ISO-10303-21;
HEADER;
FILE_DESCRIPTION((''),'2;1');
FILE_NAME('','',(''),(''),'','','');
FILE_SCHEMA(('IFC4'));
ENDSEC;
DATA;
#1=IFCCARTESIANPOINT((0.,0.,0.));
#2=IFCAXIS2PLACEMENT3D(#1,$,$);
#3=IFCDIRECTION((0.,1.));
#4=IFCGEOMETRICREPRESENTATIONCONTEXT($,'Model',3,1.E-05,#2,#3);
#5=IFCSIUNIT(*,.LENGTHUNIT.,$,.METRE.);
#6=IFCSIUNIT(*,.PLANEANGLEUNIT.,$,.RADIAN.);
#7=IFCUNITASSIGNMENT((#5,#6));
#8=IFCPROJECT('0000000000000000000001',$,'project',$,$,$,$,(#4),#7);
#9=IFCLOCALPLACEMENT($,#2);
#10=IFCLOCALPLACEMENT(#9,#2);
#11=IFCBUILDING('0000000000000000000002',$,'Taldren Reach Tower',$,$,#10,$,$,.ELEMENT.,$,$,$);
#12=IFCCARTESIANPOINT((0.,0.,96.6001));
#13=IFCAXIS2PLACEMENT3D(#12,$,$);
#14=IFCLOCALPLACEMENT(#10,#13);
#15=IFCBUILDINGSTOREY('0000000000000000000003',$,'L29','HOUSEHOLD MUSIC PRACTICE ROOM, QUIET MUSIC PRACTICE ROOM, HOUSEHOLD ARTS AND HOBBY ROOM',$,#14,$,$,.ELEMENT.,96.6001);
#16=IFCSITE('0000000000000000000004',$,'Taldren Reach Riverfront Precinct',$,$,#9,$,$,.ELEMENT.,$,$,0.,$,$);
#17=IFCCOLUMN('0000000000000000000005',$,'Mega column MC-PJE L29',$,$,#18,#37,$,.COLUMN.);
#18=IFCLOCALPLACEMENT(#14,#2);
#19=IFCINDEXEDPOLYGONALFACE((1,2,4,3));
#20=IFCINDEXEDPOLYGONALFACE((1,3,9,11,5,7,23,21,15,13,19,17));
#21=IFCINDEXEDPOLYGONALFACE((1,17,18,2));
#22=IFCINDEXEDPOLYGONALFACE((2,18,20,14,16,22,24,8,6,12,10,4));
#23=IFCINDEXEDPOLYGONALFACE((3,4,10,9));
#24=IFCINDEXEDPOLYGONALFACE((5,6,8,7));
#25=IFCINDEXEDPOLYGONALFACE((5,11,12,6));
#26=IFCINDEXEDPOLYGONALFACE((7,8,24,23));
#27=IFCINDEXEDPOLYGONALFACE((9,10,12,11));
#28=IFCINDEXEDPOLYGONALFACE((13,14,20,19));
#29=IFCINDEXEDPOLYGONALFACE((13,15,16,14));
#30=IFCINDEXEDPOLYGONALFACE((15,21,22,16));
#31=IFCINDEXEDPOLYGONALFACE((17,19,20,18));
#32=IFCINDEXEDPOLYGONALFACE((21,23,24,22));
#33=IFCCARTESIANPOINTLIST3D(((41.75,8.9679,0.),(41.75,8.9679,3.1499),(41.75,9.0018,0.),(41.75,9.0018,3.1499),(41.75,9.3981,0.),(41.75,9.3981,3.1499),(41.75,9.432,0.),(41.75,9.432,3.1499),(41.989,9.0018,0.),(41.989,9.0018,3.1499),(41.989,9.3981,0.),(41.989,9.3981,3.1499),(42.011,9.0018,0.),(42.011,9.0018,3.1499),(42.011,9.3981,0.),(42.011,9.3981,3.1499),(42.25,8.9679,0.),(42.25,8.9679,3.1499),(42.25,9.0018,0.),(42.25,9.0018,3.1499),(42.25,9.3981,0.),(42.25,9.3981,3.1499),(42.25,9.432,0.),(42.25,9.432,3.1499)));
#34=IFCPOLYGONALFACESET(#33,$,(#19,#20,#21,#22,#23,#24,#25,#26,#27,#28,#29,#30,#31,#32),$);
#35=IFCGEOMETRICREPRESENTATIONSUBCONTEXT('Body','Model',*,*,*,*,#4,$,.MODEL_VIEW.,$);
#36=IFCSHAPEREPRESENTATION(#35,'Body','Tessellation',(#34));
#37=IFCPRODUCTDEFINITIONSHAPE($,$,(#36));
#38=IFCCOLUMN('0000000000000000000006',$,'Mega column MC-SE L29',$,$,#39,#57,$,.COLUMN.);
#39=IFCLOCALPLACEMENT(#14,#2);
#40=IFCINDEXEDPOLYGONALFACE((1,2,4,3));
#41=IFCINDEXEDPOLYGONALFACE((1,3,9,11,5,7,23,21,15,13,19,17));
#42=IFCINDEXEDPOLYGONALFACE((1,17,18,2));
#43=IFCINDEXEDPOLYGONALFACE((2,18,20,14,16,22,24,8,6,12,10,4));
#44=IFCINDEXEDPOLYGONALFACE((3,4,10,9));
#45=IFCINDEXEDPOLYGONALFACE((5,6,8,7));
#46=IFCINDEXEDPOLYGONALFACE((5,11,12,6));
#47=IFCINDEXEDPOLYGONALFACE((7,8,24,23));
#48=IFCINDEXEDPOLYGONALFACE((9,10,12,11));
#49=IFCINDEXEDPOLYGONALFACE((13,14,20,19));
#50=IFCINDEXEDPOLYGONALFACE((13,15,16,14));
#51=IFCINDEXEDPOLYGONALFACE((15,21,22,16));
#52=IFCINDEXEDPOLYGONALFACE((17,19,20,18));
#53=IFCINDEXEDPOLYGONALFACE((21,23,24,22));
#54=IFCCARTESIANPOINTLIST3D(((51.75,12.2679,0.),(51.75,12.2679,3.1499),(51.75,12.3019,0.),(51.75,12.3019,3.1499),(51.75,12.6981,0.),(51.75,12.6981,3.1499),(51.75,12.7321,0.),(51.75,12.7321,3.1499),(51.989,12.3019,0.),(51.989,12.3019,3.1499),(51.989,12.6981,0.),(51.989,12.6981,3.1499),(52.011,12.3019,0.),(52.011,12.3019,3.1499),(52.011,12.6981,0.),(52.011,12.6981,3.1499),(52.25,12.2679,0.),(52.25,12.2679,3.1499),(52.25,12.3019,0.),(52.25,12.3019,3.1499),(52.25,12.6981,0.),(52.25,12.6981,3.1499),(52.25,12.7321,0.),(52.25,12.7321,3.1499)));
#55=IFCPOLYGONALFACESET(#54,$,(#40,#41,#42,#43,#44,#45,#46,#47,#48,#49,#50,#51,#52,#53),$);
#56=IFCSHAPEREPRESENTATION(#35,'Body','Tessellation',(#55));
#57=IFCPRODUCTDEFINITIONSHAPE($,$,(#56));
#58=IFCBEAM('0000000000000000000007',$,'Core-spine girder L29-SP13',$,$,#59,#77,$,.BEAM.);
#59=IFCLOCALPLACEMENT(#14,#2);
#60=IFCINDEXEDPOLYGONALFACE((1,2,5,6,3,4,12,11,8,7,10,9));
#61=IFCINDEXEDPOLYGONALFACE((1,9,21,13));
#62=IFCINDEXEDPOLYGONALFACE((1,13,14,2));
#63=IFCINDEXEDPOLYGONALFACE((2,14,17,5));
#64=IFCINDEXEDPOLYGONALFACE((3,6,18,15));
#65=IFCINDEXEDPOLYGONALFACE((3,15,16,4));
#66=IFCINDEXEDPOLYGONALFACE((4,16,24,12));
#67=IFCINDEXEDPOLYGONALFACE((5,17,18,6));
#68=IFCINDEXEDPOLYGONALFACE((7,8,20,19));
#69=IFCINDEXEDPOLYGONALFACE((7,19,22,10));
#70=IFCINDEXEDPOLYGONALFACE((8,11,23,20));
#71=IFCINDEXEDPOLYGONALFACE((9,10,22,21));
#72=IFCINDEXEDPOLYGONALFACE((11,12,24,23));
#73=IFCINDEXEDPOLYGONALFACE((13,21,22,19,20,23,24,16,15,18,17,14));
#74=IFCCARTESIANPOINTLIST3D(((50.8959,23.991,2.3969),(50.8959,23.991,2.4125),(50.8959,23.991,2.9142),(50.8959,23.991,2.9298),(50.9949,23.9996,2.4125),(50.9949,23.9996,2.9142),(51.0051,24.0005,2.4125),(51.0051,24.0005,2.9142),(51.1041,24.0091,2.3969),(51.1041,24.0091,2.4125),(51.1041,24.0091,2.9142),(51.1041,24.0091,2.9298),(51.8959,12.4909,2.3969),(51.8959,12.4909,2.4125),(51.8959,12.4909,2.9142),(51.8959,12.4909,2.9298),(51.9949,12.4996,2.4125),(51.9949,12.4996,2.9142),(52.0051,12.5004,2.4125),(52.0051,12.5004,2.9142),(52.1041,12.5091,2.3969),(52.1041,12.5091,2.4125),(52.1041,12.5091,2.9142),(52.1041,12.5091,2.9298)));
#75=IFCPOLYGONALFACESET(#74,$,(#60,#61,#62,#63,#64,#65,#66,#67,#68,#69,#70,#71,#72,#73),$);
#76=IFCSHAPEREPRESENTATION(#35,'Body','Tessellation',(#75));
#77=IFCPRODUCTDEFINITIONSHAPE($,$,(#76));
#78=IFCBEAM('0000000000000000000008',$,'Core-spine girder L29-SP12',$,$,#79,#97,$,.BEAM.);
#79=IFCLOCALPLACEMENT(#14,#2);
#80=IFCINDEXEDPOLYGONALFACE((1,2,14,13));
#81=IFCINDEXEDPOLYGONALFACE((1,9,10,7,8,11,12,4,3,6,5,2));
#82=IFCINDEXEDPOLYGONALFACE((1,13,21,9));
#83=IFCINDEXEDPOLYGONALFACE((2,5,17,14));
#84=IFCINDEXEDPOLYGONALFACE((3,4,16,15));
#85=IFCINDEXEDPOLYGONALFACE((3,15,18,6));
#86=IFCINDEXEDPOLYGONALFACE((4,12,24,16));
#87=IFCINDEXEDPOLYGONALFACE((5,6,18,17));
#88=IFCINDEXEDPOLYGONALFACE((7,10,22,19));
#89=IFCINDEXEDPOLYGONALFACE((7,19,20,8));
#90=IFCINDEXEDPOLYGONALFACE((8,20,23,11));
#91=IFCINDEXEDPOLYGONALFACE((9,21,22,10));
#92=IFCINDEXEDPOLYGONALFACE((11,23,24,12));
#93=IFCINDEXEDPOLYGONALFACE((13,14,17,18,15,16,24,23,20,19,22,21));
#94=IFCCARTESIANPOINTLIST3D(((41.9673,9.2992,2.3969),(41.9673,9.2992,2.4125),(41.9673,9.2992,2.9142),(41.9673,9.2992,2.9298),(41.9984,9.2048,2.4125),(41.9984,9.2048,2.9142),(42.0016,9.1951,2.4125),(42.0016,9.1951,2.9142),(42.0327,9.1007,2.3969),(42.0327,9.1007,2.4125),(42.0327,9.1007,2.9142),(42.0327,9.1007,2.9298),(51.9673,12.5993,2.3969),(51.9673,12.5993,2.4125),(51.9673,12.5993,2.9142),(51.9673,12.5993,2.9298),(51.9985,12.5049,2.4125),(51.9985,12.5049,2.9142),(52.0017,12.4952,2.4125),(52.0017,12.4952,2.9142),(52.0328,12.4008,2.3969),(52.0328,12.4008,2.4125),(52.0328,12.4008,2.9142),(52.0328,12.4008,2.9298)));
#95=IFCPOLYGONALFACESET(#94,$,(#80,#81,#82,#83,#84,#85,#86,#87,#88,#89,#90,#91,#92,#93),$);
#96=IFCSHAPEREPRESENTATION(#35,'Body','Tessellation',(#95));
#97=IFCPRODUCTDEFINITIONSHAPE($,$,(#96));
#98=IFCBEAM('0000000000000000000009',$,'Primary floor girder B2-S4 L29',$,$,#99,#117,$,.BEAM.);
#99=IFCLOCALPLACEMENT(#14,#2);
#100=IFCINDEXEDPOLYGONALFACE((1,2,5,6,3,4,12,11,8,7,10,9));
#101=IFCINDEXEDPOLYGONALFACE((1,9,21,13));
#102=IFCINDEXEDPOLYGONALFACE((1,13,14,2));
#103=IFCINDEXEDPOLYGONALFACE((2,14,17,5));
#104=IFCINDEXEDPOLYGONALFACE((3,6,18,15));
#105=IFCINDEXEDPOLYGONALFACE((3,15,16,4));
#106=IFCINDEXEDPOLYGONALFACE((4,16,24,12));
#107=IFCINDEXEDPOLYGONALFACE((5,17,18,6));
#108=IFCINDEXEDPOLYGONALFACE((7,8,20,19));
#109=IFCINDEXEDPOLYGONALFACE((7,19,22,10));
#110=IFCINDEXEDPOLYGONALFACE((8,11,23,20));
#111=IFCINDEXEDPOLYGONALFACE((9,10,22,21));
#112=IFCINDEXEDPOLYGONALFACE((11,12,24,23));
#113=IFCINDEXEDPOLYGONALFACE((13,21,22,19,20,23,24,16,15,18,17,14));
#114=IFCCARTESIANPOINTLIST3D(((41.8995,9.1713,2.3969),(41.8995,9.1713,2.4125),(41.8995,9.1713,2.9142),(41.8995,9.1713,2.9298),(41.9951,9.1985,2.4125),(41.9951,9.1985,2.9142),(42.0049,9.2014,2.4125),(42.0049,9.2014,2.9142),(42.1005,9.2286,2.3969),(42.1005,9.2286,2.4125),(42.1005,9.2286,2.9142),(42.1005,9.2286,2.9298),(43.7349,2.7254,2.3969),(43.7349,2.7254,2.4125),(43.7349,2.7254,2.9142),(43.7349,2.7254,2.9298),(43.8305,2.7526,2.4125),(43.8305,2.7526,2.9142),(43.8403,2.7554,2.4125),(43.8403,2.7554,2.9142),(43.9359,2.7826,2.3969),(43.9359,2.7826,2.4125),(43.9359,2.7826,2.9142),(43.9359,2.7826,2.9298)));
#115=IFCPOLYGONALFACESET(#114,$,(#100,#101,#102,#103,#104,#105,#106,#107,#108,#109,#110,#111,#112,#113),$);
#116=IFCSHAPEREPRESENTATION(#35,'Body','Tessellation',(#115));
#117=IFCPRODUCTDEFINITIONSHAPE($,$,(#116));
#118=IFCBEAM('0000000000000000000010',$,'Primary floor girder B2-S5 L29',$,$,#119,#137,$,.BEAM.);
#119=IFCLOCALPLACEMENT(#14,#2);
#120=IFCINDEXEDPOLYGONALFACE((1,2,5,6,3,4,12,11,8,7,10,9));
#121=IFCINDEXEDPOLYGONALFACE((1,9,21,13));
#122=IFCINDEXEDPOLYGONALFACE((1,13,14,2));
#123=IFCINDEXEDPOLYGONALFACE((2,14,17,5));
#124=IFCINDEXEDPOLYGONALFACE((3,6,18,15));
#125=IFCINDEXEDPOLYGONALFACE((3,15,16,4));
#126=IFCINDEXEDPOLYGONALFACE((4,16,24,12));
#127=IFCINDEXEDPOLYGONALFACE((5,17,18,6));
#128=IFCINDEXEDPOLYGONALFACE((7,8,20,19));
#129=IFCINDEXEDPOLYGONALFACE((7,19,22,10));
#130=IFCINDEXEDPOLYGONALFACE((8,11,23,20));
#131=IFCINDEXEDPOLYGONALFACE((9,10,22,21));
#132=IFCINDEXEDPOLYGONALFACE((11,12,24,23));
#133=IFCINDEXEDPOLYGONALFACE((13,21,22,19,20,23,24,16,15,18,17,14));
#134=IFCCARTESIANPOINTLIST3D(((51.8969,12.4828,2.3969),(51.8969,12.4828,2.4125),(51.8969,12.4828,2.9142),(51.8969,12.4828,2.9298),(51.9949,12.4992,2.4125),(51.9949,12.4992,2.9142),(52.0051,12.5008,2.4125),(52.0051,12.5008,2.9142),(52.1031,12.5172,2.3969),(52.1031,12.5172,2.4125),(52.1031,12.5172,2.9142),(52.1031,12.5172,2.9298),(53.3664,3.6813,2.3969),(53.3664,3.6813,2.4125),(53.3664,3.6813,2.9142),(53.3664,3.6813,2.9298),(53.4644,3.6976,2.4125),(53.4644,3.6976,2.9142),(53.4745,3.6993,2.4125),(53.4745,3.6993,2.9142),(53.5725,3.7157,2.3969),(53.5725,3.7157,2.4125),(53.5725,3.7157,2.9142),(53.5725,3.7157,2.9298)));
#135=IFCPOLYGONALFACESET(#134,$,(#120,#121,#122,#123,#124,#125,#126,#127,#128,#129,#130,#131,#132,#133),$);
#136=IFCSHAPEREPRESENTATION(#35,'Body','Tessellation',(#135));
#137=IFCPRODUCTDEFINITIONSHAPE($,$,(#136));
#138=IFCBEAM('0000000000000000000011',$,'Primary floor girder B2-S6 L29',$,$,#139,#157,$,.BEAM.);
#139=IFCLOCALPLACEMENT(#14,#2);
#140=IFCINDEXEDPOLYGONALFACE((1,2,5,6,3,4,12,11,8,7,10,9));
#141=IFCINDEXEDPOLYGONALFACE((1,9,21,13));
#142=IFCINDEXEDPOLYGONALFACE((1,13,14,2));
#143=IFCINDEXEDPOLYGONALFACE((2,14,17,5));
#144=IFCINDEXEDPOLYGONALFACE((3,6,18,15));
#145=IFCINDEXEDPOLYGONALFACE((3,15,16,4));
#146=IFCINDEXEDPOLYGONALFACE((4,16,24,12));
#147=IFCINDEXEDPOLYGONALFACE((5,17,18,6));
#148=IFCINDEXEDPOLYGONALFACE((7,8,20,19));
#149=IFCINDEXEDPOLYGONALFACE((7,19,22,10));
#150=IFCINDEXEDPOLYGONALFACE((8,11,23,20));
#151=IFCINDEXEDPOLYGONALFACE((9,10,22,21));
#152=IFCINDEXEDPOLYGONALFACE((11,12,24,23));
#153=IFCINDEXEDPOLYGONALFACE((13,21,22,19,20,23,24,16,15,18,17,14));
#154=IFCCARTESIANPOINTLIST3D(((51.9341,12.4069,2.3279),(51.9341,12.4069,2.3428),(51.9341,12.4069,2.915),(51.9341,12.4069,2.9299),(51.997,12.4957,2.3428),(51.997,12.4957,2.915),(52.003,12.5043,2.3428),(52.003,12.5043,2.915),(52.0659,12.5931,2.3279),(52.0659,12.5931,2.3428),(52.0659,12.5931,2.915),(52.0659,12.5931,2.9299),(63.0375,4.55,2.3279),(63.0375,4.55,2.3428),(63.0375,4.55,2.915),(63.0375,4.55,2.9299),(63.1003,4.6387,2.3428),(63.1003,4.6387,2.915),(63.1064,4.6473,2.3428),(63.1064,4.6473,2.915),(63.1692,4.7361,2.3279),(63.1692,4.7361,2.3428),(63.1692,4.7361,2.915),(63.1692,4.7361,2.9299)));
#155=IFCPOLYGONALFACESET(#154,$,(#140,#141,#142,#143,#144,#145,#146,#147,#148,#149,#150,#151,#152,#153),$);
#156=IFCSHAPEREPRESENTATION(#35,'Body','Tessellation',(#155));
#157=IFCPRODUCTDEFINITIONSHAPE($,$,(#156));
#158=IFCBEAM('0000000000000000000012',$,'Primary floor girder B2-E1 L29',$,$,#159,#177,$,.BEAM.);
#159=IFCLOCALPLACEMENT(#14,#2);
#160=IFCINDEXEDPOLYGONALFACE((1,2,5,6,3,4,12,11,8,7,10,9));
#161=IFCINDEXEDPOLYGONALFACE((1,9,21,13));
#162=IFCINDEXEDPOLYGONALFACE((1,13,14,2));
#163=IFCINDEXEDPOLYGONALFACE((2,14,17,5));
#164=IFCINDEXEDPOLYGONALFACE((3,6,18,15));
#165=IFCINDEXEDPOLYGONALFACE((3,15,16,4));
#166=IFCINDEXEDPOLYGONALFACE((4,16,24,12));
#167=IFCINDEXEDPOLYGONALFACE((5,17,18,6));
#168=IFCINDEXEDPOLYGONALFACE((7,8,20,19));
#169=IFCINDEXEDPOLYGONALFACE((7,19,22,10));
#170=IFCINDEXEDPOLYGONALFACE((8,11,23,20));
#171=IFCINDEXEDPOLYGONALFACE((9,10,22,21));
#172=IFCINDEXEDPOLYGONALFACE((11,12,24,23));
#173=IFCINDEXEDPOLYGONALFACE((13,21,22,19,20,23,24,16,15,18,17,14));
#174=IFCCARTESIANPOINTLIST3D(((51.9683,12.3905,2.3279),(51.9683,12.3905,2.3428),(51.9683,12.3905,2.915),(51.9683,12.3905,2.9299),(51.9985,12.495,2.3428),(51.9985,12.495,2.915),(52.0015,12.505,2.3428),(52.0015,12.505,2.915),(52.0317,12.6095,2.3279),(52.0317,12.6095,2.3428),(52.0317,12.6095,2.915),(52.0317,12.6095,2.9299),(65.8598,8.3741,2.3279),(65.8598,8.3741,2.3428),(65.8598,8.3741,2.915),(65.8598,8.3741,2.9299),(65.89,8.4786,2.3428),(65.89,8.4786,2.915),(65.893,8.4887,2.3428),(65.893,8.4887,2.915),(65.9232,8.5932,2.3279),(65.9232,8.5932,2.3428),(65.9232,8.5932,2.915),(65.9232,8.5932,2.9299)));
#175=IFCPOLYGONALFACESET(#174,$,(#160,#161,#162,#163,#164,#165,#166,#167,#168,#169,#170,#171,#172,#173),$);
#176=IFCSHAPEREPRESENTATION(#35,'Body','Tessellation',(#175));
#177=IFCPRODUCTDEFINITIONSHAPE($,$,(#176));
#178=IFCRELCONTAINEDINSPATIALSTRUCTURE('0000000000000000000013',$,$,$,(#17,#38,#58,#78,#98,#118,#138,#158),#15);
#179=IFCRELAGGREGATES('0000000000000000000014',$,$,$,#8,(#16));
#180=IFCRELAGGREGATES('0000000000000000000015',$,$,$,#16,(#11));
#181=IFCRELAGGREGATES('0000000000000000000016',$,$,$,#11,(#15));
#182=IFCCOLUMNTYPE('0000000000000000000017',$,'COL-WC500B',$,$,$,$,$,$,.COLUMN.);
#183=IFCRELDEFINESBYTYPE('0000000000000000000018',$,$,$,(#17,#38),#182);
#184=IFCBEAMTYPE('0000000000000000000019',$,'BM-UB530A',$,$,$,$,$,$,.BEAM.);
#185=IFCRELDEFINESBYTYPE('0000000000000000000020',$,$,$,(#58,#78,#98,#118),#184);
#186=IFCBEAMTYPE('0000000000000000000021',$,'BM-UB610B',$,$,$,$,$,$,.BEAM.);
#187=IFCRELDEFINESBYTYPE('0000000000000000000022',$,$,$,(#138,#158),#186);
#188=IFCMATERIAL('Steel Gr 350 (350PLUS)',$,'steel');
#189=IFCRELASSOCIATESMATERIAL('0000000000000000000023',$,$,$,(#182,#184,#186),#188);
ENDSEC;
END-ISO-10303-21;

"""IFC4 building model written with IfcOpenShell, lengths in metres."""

from ifc_helpers import new_model, si_unit, direction, frame, origin, origin_2d, place, context, subcontext, project, spatial, i_section, extrude, source, transform, mapped, material, material_profile, profile_set, type_object, element, save


model = new_model("IFC4")

# Units and contexts
model_context = context("Model", 3, precision=1e-05, world=origin(), true_north=direction((0.0, 1.0)))
body_context = subcontext(model_context, "Body", "Model", "MODEL_VIEW")
ifc_project = project(units=[si_unit("LENGTHUNIT", "METRE"), si_unit("PLANEANGLEUNIT", "RADIAN")], contexts=[model_context])

# Site, building, storey
site_placement = place(None, origin())
site = spatial("IfcSite", under=ifc_project, at=site_placement, Name="Taldren Reach Riverfront Precinct", CompositionType="ELEMENT", RefElevation=0.0)
building_placement = place(site_placement, origin())
building = spatial("IfcBuilding", under=site, at=building_placement, Name="Taldren Reach Tower", CompositionType="ELEMENT")
storey_placement = place(building_placement, frame((0.0, 0.0, 96.6001)))
storey = spatial("IfcBuildingStorey", under=building, at=storey_placement, Name="L29", Description="HOUSEHOLD MUSIC PRACTICE ROOM, QUIET MUSIC PRACTICE ROOM, HOUSEHOLD ARTS AND HOBBY ROOM", CompositionType="ELEMENT", Elevation=96.6001)

# Columns
ifc_material_1 = material(Name="Steel Gr 350 (350PLUS)", Category="steel")
ifc_material_profile_1 = material_profile(ifc_material_1, i_section(OverallWidth=0.5, OverallDepth=0.4641, WebThickness=0.022, FlangeThickness=0.0339, at=origin_2d()), Name="500WC340")
ifc_profile_set_1 = profile_set([ifc_material_profile_1], Name="Steel Gr 350 (350PLUS)")
column_type = type_object("IfcColumnType", Name="COL-WC500B", PredefinedType="COLUMN", material=ifc_profile_set_1)
shared_shape_1 = source(origin(), body_context, "Body", "SweptSolid", [
    extrude(i_section(OverallWidth=0.5, OverallDepth=0.4641, WebThickness=0.022, FlangeThickness=0.0339, at=origin_2d()), origin(), (0.0, 0.0, 1.0), 3.1499),
])
for number, where, z_axis, x_axis, name in (
    (1, (42.0, 9.2, 0.0), (0.0, 0.0, 1.0), (1.0, 0.0, 0.0), "Mega column MC-PJE L29"),
    (2, (52.0, 12.5, 0.0), (0.0, 0.0, 1.0), (1.0, 0.0, 0.0), "Mega column MC-SE L29"),
):
    element("IfcColumn", number, at=place(storey_placement, frame(where, z_axis=z_axis, x_axis=x_axis)), inside=storey, type_object=column_type, Name=name, PredefinedType="COLUMN", context=body_context, shape_type="MappedRepresentation", body=[
        mapped(shared_shape_1, transform((0.0, 0.0, 0.0), scale=1.0)),
    ])

# Beams
ifc_material_profile_2 = material_profile(ifc_material_1, i_section(OverallWidth=0.209, OverallDepth=0.533, WebThickness=0.0103, FlangeThickness=0.0156, at=origin_2d()), Name="530UB92.4")
ifc_profile_set_2 = profile_set([ifc_material_profile_2], Name="Steel Gr 350 (350PLUS)")
beam_type_1 = type_object("IfcBeamType", Name="BM-UB530A", PredefinedType="BEAM", material=ifc_profile_set_2)
shared_shape_2 = source(origin(), body_context, "Body", "SweptSolid", [
    extrude(i_section(OverallWidth=0.209, OverallDepth=0.533, WebThickness=0.0103, FlangeThickness=0.0156, at=origin_2d()), origin(), (0.0, 0.0, 1.0), 11.5435),
])
beam_1_placement = place(storey_placement, frame((52.0, 12.5, 2.6633), z_axis=(-0.08663, 0.996241, 0.0), x_axis=(-0.996241, -0.08663, 0.0)))
element("IfcBeam", 3, at=beam_1_placement, inside=storey, type_object=beam_type_1, Name="Core-spine girder L29-SP13", PredefinedType="BEAM", context=body_context, shape_type="MappedRepresentation", body=[
    mapped(shared_shape_2, transform((0.0, 0.0, 0.0), scale=1.0)),
])
shared_shape_3 = source(origin(), body_context, "Body", "SweptSolid", [
    extrude(i_section(OverallWidth=0.209, OverallDepth=0.533, WebThickness=0.0103, FlangeThickness=0.0156, at=origin_2d()), origin(), (0.0, 0.0, 1.0), 10.5305),
])
beam_2_placement = place(storey_placement, frame((42.0, 9.2, 2.6633), z_axis=(0.949627, 0.313382, 0.0), x_axis=(-0.313382, 0.949627, 0.0)))
element("IfcBeam", 4, at=beam_2_placement, inside=storey, type_object=beam_type_1, Name="Core-spine girder L29-SP12", PredefinedType="BEAM", context=body_context, shape_type="MappedRepresentation", body=[
    mapped(shared_shape_3, transform((0.0, 0.0, 0.0), scale=1.0)),
])
shared_shape_4 = source(origin(), body_context, "Body", "SweptSolid", [
    extrude(i_section(OverallWidth=0.209, OverallDepth=0.533, WebThickness=0.0103, FlangeThickness=0.0156, at=origin_2d()), origin(), (0.0, 0.0, 1.0), 6.7021),
])
beam_3_placement = place(storey_placement, frame((42.0, 9.2, 2.6633), z_axis=(0.273855, -0.961771, 0.0), x_axis=(0.961771, 0.273855, 0.0)))
element("IfcBeam", 5, at=beam_3_placement, inside=storey, type_object=beam_type_1, Name="Primary floor girder B2-S4 L29", PredefinedType="BEAM", context=body_context, shape_type="MappedRepresentation", body=[
    mapped(shared_shape_4, transform((0.0, 0.0, 0.0), scale=1.0)),
])
shared_shape_5 = source(origin(), body_context, "Body", "SweptSolid", [
    extrude(i_section(OverallWidth=0.209, OverallDepth=0.533, WebThickness=0.0103, FlangeThickness=0.0156, at=origin_2d()), origin(), (0.0, 0.0, 1.0), 8.9233),
])
beam_4_placement = place(storey_placement, frame((52.0, 12.5, 2.6633), z_axis=(0.164678, -0.986347, 0.0), x_axis=(0.986347, 0.164678, 0.0)))
element("IfcBeam", 6, at=beam_4_placement, inside=storey, type_object=beam_type_1, Name="Primary floor girder B2-S5 L29", PredefinedType="BEAM", context=body_context, shape_type="MappedRepresentation", body=[
    mapped(shared_shape_5, transform((0.0, 0.0, 0.0), scale=1.0)),
])
ifc_material_profile_3 = material_profile(ifc_material_1, i_section(OverallWidth=0.228, OverallDepth=0.6021, WebThickness=0.0105, FlangeThickness=0.0149, at=origin_2d()), Name="610UB101")
ifc_profile_set_3 = profile_set([ifc_material_profile_3], Name="Steel Gr 350 (350PLUS)")
beam_type_2 = type_object("IfcBeamType", Name="BM-UB610B", PredefinedType="BEAM", material=ifc_profile_set_3)
shared_shape_6 = source(origin(), body_context, "Body", "SweptSolid", [
    extrude(i_section(OverallWidth=0.228, OverallDepth=0.6021, WebThickness=0.0105, FlangeThickness=0.0149, at=origin_2d()), origin(), (0.0, 0.0, 1.0), 13.6021),
])
beam_5_placement = place(storey_placement, frame((52.0, 12.5, 2.6289), z_axis=(0.816298, -0.577631, 0.0), x_axis=(0.577631, 0.816298, 0.0)))
element("IfcBeam", 7, at=beam_5_placement, inside=storey, type_object=beam_type_2, Name="Primary floor girder B2-S6 L29", PredefinedType="BEAM", context=body_context, shape_type="MappedRepresentation", body=[
    mapped(shared_shape_6, transform((0.0, 0.0, 0.0), scale=1.0)),
])
shared_shape_7 = source(origin(), body_context, "Body", "SweptSolid", [
    extrude(i_section(OverallWidth=0.228, OverallDepth=0.6021, WebThickness=0.0105, FlangeThickness=0.0149, at=origin_2d()), origin(), (0.0, 0.0, 1.0), 14.4604),
])
beam_6_placement = place(storey_placement, frame((52.0, 12.5, 2.6289), z_axis=(0.960655, -0.277746, 0.0), x_axis=(0.277746, 0.960655, 0.0)))
element("IfcBeam", 8, at=beam_6_placement, inside=storey, type_object=beam_type_2, Name="Primary floor girder B2-E1 L29", PredefinedType="BEAM", context=body_context, shape_type="MappedRepresentation", body=[
    mapped(shared_shape_7, transform((0.0, 0.0, 0.0), scale=1.0)),
])

save(model, "model.ifc")
